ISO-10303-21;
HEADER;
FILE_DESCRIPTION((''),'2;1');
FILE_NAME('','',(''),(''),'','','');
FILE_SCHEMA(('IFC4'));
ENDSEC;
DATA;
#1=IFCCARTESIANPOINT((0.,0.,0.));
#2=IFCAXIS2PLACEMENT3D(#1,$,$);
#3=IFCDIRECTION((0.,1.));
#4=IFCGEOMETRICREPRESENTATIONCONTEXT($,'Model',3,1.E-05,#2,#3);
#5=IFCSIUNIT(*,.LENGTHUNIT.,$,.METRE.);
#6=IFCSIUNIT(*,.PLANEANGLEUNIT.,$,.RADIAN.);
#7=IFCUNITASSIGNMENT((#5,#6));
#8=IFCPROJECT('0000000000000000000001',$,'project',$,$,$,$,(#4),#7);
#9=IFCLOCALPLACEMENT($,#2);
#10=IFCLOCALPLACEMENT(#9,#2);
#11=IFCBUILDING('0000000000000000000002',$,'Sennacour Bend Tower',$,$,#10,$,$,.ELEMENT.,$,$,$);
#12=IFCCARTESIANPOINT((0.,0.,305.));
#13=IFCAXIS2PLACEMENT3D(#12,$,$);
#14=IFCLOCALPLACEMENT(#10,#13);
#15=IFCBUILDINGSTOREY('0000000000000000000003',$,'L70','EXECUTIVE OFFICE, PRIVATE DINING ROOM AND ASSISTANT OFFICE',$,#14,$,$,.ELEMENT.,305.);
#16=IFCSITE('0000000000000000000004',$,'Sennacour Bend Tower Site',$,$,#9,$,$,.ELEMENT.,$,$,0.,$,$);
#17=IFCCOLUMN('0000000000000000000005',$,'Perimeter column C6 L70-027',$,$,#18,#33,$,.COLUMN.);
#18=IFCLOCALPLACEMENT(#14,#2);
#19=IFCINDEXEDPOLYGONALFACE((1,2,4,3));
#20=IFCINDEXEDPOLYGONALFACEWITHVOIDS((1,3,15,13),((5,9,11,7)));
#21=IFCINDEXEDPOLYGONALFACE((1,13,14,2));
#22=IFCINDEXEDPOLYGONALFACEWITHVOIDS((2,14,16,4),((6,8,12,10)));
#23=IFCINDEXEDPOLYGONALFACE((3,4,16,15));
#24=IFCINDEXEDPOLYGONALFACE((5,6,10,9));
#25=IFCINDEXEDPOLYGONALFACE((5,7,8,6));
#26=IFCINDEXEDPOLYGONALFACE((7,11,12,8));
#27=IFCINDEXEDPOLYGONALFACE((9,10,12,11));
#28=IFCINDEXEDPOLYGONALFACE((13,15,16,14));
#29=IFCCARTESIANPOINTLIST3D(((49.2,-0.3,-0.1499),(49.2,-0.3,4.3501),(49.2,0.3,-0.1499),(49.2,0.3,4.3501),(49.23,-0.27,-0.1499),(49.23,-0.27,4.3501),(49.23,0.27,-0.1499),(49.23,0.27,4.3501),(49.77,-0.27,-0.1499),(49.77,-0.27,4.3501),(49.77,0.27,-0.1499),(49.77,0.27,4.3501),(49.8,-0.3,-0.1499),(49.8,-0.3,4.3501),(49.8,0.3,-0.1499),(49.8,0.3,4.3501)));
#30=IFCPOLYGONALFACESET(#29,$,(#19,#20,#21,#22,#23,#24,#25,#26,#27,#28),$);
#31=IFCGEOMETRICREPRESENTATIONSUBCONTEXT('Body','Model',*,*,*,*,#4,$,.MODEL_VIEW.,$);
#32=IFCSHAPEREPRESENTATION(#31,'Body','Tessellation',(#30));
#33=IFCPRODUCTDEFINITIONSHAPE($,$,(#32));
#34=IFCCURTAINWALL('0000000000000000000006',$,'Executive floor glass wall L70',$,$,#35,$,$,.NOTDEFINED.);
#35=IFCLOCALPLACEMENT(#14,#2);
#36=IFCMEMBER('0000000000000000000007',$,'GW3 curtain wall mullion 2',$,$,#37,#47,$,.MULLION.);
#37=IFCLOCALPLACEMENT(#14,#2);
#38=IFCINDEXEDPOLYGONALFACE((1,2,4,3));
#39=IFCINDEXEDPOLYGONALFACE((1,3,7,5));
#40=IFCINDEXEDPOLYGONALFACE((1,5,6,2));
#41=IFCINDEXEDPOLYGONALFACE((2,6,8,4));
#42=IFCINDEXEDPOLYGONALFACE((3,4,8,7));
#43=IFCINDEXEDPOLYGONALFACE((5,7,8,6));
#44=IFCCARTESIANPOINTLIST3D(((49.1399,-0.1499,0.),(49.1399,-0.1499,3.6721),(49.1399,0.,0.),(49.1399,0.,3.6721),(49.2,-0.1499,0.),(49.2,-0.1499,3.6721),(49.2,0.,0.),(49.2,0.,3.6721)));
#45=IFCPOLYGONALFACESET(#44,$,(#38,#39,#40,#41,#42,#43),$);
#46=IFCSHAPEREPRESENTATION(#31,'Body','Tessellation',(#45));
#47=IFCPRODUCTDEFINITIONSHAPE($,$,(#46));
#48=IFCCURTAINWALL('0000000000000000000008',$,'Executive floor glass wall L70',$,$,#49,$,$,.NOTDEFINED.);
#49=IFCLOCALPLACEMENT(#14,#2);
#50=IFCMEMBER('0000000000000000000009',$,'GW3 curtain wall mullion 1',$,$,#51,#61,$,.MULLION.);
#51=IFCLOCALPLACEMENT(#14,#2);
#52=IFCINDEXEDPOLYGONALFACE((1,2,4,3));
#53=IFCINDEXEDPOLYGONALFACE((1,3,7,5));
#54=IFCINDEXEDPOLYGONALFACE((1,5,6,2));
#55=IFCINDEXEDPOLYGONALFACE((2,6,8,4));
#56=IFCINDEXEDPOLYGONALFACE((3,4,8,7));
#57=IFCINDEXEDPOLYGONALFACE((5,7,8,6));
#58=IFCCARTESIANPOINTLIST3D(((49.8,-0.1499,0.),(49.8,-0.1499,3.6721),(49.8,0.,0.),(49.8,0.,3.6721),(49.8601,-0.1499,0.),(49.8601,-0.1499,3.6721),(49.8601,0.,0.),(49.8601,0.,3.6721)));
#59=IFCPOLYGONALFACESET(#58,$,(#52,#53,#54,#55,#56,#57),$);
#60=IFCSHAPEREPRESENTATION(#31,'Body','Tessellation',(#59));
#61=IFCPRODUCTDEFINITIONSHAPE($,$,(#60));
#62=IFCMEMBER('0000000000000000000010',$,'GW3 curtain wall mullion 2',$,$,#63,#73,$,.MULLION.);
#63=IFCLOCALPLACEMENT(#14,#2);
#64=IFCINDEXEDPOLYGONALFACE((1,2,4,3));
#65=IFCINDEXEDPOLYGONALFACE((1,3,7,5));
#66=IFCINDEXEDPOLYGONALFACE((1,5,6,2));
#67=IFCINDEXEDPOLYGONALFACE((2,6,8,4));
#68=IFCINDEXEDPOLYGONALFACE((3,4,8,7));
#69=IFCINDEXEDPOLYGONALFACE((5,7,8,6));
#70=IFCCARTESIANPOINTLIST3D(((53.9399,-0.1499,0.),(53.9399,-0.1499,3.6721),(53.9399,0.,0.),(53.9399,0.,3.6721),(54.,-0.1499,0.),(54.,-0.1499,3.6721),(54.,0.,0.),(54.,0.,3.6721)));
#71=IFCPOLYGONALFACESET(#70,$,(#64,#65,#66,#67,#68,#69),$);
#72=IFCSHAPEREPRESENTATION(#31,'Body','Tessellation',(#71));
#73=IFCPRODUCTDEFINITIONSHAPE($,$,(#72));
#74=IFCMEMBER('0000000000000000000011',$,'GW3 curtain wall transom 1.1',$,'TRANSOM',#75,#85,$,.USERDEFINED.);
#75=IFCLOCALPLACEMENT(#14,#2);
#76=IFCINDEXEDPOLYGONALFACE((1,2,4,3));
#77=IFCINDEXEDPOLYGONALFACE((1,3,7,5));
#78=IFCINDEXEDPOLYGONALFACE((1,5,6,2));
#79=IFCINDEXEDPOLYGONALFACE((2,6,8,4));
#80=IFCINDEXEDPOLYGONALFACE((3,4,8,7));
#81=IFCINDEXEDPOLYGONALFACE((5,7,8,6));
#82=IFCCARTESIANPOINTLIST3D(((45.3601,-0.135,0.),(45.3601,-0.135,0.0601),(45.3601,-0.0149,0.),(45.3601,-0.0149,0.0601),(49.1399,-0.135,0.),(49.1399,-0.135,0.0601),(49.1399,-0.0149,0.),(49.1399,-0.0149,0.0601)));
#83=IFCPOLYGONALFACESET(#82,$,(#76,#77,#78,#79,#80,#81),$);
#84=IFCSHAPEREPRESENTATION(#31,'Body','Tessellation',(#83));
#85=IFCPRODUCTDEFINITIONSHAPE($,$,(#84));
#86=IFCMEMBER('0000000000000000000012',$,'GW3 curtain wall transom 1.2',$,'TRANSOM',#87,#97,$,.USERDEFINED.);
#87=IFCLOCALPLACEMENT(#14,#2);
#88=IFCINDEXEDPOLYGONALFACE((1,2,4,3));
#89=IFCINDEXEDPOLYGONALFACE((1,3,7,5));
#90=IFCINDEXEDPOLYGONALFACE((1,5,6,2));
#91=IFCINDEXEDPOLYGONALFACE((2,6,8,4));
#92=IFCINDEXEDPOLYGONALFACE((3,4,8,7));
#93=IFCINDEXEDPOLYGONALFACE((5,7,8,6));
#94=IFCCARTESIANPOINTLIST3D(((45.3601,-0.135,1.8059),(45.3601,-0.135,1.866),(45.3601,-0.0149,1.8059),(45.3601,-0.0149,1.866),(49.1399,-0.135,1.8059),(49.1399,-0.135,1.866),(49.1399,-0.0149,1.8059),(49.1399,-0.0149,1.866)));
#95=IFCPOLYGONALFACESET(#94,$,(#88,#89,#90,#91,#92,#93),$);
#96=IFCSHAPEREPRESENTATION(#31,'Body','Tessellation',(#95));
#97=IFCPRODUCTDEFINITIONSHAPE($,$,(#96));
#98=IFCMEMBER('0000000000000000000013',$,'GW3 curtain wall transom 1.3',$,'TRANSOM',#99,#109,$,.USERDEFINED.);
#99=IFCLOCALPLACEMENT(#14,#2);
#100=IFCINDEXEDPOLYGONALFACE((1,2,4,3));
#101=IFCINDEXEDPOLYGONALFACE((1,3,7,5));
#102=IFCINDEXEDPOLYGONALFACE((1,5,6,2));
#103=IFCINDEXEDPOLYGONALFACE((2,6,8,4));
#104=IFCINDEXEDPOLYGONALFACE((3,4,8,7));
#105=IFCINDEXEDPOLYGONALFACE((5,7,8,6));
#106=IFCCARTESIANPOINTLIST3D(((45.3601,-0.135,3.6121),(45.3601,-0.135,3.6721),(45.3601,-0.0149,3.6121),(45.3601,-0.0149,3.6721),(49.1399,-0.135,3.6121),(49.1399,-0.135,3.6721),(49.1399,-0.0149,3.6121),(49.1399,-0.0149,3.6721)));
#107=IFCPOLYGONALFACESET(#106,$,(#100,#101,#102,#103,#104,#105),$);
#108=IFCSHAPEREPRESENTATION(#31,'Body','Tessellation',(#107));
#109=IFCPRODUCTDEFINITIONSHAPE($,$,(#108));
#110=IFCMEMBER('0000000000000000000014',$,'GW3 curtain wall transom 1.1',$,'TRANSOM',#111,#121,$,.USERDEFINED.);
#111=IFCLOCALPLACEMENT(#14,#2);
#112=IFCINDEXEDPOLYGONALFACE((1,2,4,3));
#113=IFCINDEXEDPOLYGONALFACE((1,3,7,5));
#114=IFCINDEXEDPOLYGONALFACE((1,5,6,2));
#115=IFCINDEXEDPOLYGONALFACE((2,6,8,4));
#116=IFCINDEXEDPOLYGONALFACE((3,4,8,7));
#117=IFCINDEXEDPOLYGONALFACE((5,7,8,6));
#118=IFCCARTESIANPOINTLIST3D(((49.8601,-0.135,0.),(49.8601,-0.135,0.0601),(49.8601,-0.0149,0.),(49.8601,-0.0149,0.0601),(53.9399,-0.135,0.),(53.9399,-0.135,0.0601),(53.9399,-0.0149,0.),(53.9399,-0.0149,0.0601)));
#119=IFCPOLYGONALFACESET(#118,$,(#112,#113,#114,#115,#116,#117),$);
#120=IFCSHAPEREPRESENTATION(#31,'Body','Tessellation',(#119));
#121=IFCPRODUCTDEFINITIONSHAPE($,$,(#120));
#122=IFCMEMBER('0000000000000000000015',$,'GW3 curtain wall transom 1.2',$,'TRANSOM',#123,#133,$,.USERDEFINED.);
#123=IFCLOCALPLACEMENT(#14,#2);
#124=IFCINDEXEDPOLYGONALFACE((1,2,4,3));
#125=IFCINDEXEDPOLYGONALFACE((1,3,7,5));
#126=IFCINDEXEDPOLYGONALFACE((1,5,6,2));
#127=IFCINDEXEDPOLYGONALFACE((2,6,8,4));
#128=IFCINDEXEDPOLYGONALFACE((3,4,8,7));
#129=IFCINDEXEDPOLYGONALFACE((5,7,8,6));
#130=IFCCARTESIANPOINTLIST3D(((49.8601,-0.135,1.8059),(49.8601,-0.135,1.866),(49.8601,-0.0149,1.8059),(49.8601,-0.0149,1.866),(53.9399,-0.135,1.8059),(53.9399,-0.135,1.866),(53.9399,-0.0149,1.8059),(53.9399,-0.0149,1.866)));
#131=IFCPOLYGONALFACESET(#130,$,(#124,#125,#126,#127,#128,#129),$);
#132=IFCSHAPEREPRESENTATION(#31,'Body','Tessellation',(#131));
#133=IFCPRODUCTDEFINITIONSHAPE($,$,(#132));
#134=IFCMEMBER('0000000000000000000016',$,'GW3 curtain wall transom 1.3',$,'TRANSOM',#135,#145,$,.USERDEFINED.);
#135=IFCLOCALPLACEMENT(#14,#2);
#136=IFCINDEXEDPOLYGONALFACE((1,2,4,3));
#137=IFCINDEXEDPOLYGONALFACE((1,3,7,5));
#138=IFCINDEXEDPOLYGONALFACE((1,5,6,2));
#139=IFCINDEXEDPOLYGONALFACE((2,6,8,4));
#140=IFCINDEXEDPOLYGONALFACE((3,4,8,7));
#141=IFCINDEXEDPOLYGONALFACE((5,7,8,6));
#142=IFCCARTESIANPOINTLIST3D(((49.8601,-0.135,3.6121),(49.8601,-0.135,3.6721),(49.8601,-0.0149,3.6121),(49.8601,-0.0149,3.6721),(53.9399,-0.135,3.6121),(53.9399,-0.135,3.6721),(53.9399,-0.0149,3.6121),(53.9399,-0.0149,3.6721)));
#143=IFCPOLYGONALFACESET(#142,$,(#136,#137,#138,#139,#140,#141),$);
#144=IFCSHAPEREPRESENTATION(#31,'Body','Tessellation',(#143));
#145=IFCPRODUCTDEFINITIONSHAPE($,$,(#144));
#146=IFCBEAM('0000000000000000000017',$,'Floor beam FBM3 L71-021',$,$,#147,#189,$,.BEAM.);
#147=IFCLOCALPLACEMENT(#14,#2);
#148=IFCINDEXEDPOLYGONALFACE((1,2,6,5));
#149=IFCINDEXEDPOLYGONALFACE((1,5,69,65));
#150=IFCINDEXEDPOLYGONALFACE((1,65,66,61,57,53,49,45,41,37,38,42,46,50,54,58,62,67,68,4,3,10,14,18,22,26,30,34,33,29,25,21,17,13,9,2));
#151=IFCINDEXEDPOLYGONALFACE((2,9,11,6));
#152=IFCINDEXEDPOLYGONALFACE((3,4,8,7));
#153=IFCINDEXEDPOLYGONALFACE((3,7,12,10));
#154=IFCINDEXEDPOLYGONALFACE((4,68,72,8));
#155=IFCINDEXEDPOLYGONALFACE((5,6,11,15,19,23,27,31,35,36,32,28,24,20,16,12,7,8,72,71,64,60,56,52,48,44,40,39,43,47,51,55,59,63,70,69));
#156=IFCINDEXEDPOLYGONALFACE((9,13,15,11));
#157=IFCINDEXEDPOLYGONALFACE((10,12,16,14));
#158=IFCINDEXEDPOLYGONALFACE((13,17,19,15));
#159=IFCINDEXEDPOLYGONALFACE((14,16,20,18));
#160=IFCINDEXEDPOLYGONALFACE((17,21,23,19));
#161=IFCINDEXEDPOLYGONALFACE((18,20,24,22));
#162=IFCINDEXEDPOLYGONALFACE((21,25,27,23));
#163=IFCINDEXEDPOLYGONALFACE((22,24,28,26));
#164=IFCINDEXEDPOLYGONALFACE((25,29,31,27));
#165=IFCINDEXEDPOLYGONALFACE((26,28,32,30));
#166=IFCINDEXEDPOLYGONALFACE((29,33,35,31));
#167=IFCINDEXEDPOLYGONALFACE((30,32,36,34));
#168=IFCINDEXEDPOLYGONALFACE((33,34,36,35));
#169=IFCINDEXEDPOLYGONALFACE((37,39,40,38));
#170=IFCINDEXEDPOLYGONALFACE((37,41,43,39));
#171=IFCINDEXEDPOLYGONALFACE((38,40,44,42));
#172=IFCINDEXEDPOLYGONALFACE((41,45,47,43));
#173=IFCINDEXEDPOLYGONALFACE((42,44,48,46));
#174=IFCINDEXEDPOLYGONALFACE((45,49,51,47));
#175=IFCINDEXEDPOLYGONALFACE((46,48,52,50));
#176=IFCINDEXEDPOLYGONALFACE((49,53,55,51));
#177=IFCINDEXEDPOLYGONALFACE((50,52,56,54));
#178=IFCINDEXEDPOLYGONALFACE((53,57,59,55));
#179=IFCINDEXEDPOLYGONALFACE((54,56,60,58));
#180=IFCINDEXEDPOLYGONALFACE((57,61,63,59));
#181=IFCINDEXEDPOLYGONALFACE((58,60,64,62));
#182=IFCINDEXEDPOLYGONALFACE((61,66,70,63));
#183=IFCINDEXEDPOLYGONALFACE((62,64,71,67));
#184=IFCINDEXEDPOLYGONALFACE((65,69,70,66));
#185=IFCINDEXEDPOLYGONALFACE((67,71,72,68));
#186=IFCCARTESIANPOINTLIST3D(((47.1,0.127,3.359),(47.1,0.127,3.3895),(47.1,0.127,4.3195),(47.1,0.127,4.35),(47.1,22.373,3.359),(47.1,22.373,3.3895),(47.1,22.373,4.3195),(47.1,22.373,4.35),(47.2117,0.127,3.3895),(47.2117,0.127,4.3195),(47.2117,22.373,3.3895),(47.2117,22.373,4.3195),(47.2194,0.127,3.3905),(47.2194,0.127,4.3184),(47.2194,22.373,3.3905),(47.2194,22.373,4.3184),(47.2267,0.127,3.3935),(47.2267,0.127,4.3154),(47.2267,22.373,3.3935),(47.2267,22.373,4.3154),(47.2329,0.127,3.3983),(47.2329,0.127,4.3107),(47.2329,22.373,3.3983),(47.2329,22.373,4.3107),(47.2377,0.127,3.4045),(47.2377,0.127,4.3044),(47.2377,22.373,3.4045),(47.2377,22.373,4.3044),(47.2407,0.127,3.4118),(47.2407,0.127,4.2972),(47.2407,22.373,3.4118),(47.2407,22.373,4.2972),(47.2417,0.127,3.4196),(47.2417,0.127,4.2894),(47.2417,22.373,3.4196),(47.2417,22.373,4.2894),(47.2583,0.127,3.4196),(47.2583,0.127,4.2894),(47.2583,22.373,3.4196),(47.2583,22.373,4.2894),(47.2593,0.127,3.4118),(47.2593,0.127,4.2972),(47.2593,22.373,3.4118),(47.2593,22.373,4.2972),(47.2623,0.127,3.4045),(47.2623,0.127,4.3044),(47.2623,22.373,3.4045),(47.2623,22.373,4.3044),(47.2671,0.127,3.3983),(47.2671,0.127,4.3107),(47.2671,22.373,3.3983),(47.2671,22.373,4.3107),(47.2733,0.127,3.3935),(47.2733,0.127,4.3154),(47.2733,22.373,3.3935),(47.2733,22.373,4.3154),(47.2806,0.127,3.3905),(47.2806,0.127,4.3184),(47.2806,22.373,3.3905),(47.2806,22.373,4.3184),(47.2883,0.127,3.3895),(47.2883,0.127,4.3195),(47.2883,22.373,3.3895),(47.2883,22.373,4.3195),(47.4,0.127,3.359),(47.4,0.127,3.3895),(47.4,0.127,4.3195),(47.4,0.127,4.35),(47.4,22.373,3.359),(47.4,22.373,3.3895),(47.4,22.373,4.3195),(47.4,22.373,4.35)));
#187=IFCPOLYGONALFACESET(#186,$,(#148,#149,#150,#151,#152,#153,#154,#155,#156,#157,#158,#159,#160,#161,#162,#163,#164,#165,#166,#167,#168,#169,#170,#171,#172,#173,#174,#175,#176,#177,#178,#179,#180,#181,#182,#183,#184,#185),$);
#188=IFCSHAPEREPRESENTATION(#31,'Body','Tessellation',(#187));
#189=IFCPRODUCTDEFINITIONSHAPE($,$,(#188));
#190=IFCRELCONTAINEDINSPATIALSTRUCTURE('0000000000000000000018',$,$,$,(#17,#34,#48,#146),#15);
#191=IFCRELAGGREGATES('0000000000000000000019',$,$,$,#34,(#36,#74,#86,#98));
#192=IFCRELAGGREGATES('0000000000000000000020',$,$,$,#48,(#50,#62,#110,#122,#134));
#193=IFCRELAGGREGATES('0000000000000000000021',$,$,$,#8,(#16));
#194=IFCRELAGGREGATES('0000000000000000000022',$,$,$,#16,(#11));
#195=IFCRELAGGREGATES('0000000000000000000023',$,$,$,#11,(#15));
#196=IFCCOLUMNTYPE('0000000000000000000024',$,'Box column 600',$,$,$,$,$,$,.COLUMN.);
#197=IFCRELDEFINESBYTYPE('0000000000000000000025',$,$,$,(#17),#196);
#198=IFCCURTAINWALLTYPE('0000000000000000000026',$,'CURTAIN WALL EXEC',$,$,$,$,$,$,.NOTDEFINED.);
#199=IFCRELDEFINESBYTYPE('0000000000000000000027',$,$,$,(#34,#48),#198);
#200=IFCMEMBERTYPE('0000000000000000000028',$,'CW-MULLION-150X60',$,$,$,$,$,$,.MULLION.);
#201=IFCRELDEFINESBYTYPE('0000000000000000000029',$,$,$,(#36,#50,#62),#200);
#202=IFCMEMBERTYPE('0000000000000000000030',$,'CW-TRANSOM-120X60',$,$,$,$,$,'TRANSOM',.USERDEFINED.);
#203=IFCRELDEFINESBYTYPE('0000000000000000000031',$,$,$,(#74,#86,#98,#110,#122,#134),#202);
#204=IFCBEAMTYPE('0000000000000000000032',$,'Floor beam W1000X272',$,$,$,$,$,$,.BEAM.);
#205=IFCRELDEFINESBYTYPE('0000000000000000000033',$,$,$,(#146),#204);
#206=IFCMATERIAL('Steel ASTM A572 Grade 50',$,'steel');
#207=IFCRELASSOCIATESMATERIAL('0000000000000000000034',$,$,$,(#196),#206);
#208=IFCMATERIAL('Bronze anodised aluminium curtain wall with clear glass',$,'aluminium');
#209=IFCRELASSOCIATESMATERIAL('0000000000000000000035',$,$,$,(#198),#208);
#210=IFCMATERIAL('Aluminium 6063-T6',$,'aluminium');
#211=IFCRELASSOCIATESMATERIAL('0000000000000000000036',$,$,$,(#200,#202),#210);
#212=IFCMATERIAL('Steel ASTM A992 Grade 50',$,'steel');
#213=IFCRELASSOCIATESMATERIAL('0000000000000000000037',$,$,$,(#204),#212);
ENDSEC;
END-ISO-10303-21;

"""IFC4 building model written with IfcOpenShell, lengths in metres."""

from ifc_helpers import new_model, si_unit, direction, frame, origin, origin_2d, place, context, subcontext, project, spatial, rectangle, hollow_rectangle, i_section, extrude, material, material_profile, profile_set, type_object, element, aggregate, save


model = new_model("IFC4")

# Units and contexts
model_context = context("Model", 3, precision=1e-05, world=origin(), true_north=direction((0.0, 1.0)))
body_context = subcontext(model_context, "Body", "Model", "MODEL_VIEW")
ifc_project = project(units=[si_unit("LENGTHUNIT", "METRE"), si_unit("PLANEANGLEUNIT", "RADIAN")], contexts=[model_context])

# Site, building, storey
site_placement = place(None, origin())
site = spatial("IfcSite", under=ifc_project, at=site_placement, Name="Sennacour Bend Tower Site", CompositionType="ELEMENT", RefElevation=0.0)
building_placement = place(site_placement, origin())
building = spatial("IfcBuilding", under=site, at=building_placement, Name="Sennacour Bend Tower", CompositionType="ELEMENT")
storey_placement = place(building_placement, frame((0.0, 0.0, 305.0)))
storey = spatial("IfcBuildingStorey", under=building, at=storey_placement, Name="L70", Description="EXECUTIVE OFFICE, PRIVATE DINING ROOM AND ASSISTANT OFFICE", CompositionType="ELEMENT", Elevation=305.0)

# Column
ifc_material_1 = material(Name="Steel ASTM A572 Grade 50", Category="steel")
ifc_material_profile_1 = material_profile(ifc_material_1, hollow_rectangle(XDim=0.6001, YDim=0.6001, WallThickness=0.03, at=origin_2d()), Name="Steel ASTM A572 Grade 50", Category="steel")
ifc_profile_set_1 = profile_set([ifc_material_profile_1], Name="Steel ASTM A572 Grade 50")
column_type = type_object("IfcColumnType", Name="Box column 600", PredefinedType="COLUMN", material=ifc_profile_set_1)
column_placement = place(storey_placement, frame((49.5, 0.0, -0.1499), z_axis=(0.0, 0.0, 1.0), x_axis=(1.0, 0.0, 0.0)))
element("IfcColumn", 1, at=column_placement, inside=storey, type_object=column_type, Name="Perimeter column C6 L70-027", PredefinedType="COLUMN", context=body_context, shape_type="SweptSolid", body=[
    extrude(hollow_rectangle(XDim=0.6001, YDim=0.6001, WallThickness=0.03, at=origin_2d()), origin(), (0.0, 0.0, 1.0), 4.5),
])

# Curtain wall, member
ifc_material_2 = material(Name="Bronze anodised aluminium curtain wall with clear glass", Category="aluminium")
curtain_wall_type = type_object("IfcCurtainWallType", Name="CURTAIN WALL EXEC", PredefinedType="NOTDEFINED", material=ifc_material_2)
curtain_wall_1_placement = place(storey_placement, origin())
curtain_wall_1 = element("IfcCurtainWall", 2, at=curtain_wall_1_placement, inside=storey, type_object=curtain_wall_type, Name="Executive floor glass wall L70", PredefinedType="NOTDEFINED")
ifc_material_3 = material(Name="Aluminium 6063-T6", Category="aluminium")
ifc_material_profile_2 = material_profile(ifc_material_3, rectangle(XDim=0.1499, YDim=0.0601, at=origin_2d()), Name="Aluminium 6063-T6", Category="aluminium")
ifc_profile_set_2 = profile_set([ifc_material_profile_2], Name="Aluminium 6063-T6")
member_type_1 = type_object("IfcMemberType", Name="CW-MULLION-150X60", PredefinedType="MULLION", material=ifc_profile_set_2)
member_1_placement = place(storey_placement, frame((49.1699, -0.075, 0.0), z_axis=(0.0, 0.0, 1.0), x_axis=(0.0, 1.0, 0.0)))
member_1 = element("IfcMember", 3, at=member_1_placement, type_object=member_type_1, Name="GW3 curtain wall mullion 2", PredefinedType="MULLION", context=body_context, shape_type="SweptSolid", body=[
    extrude(rectangle(XDim=0.1499, YDim=0.0601, at=origin_2d()), origin(), (0.0, 0.0, 1.0), 3.6721),
])

# Curtain wall, members
curtain_wall_2_placement = place(storey_placement, origin())
curtain_wall_2 = element("IfcCurtainWall", 4, at=curtain_wall_2_placement, inside=storey, type_object=curtain_wall_type, Name="Executive floor glass wall L70", PredefinedType="NOTDEFINED")
member_2_placement = place(storey_placement, frame((49.8301, -0.075, 0.0), z_axis=(0.0, 0.0, 1.0), x_axis=(0.0, 1.0, 0.0)))
member_2 = element("IfcMember", 5, at=member_2_placement, type_object=member_type_1, Name="GW3 curtain wall mullion 1", PredefinedType="MULLION", context=body_context, shape_type="SweptSolid", body=[
    extrude(rectangle(XDim=0.1499, YDim=0.0601, at=origin_2d()), origin(), (0.0, 0.0, 1.0), 3.6721),
])
member_3_placement = place(storey_placement, frame((53.97, -0.075, 0.0), z_axis=(0.0, 0.0, 1.0), x_axis=(0.0, 1.0, 0.0)))
member_3 = element("IfcMember", 6, at=member_3_placement, type_object=member_type_1, Name="GW3 curtain wall mullion 2", PredefinedType="MULLION", context=body_context, shape_type="SweptSolid", body=[
    extrude(rectangle(XDim=0.1499, YDim=0.0601, at=origin_2d()), origin(), (0.0, 0.0, 1.0), 3.6721),
])

# Members
ifc_material_profile_3 = material_profile(ifc_material_3, rectangle(XDim=0.1201, YDim=0.0601, at=origin_2d()), Name="Aluminium 6063-T6", Category="aluminium")
ifc_profile_set_3 = profile_set([ifc_material_profile_3], Name="Aluminium 6063-T6")
member_type_2 = type_object("IfcMemberType", Name="CW-TRANSOM-120X60", ElementType="TRANSOM", PredefinedType="USERDEFINED", material=ifc_profile_set_3)
member_4_placement = place(storey_placement, frame((45.3601, -0.075, 0.03), z_axis=(1.0, 0.0, 0.0), x_axis=(0.0, 1.0, 0.0)))
member_4 = element("IfcMember", 7, at=member_4_placement, type_object=member_type_2, Name="GW3 curtain wall transom 1.1", ObjectType="TRANSOM", PredefinedType="USERDEFINED", context=body_context, shape_type="SweptSolid", body=[
    extrude(rectangle(XDim=0.1201, YDim=0.0601, at=origin_2d()), origin(), (0.0, 0.0, 1.0), 3.7798),
])
member_5_placement = place(storey_placement, frame((45.3601, -0.075, 1.8359), z_axis=(1.0, 0.0, 0.0), x_axis=(0.0, 1.0, 0.0)))
member_5 = element("IfcMember", 8, at=member_5_placement, type_object=member_type_2, Name="GW3 curtain wall transom 1.2", ObjectType="TRANSOM", PredefinedType="USERDEFINED", context=body_context, shape_type="SweptSolid", body=[
    extrude(rectangle(XDim=0.1201, YDim=0.0601, at=origin_2d()), origin(), (0.0, 0.0, 1.0), 3.7798),
])
member_6_placement = place(storey_placement, frame((45.3601, -0.075, 3.6421), z_axis=(1.0, 0.0, 0.0), x_axis=(0.0, 1.0, 0.0)))
member_6 = element("IfcMember", 9, at=member_6_placement, type_object=member_type_2, Name="GW3 curtain wall transom 1.3", ObjectType="TRANSOM", PredefinedType="USERDEFINED", context=body_context, shape_type="SweptSolid", body=[
    extrude(rectangle(XDim=0.1201, YDim=0.0601, at=origin_2d()), origin(), (0.0, 0.0, 1.0), 3.7798),
])
member_7_placement = place(storey_placement, frame((49.8601, -0.075, 0.03), z_axis=(1.0, 0.0, 0.0), x_axis=(0.0, 1.0, 0.0)))
member_7 = element("IfcMember", 10, at=member_7_placement, type_object=member_type_2, Name="GW3 curtain wall transom 1.1", ObjectType="TRANSOM", PredefinedType="USERDEFINED", context=body_context, shape_type="SweptSolid", body=[
    extrude(rectangle(XDim=0.1201, YDim=0.0601, at=origin_2d()), origin(), (0.0, 0.0, 1.0), 4.0798),
])
member_8_placement = place(storey_placement, frame((49.8601, -0.075, 1.8359), z_axis=(1.0, 0.0, 0.0), x_axis=(0.0, 1.0, 0.0)))
member_8 = element("IfcMember", 11, at=member_8_placement, type_object=member_type_2, Name="GW3 curtain wall transom 1.2", ObjectType="TRANSOM", PredefinedType="USERDEFINED", context=body_context, shape_type="SweptSolid", body=[
    extrude(rectangle(XDim=0.1201, YDim=0.0601, at=origin_2d()), origin(), (0.0, 0.0, 1.0), 4.0798),
])
member_9_placement = place(storey_placement, frame((49.8601, -0.075, 3.6421), z_axis=(1.0, 0.0, 0.0), x_axis=(0.0, 1.0, 0.0)))
member_9 = element("IfcMember", 12, at=member_9_placement, type_object=member_type_2, Name="GW3 curtain wall transom 1.3", ObjectType="TRANSOM", PredefinedType="USERDEFINED", context=body_context, shape_type="SweptSolid", body=[
    extrude(rectangle(XDim=0.1201, YDim=0.0601, at=origin_2d()), origin(), (0.0, 0.0, 1.0), 4.0798),
])

# Beam
ifc_material_4 = material(Name="Steel ASTM A992 Grade 50", Category="steel")
ifc_material_profile_4 = material_profile(ifc_material_4, i_section(OverallWidth=0.3, OverallDepth=0.991, WebThickness=0.0166, FlangeThickness=0.0305, FilletRadius=0.03, at=origin_2d()), Name="Steel ASTM A992 Grade 50", Category="steel")
ifc_profile_set_4 = profile_set([ifc_material_profile_4], Name="Steel ASTM A992 Grade 50")
beam_type_1 = type_object("IfcBeamType", Name="Floor beam W1000X272", PredefinedType="BEAM", material=ifc_profile_set_4)
beam_1_placement = place(storey_placement, frame((47.25, 0.127, 3.8545), z_axis=(0.0, 1.0, 0.0), x_axis=(-1.0, 0.0, 0.0)))
element("IfcBeam", 13, at=beam_1_placement, inside=storey, type_object=beam_type_1, Name="Floor beam FBM3 L71-021", PredefinedType="BEAM", context=body_context, shape_type="SweptSolid", body=[
    extrude(i_section(OverallWidth=0.3, OverallDepth=0.991, WebThickness=0.0166, FlangeThickness=0.0305, FilletRadius=0.03, at=origin_2d()), origin(), (0.0, 0.0, 1.0), 22.2461),
])

aggregate(curtain_wall_1, [member_1, member_4, member_5, member_6])
aggregate(curtain_wall_2, [member_2, member_3, member_7, member_8, member_9])

save(model, "model.ifc")
